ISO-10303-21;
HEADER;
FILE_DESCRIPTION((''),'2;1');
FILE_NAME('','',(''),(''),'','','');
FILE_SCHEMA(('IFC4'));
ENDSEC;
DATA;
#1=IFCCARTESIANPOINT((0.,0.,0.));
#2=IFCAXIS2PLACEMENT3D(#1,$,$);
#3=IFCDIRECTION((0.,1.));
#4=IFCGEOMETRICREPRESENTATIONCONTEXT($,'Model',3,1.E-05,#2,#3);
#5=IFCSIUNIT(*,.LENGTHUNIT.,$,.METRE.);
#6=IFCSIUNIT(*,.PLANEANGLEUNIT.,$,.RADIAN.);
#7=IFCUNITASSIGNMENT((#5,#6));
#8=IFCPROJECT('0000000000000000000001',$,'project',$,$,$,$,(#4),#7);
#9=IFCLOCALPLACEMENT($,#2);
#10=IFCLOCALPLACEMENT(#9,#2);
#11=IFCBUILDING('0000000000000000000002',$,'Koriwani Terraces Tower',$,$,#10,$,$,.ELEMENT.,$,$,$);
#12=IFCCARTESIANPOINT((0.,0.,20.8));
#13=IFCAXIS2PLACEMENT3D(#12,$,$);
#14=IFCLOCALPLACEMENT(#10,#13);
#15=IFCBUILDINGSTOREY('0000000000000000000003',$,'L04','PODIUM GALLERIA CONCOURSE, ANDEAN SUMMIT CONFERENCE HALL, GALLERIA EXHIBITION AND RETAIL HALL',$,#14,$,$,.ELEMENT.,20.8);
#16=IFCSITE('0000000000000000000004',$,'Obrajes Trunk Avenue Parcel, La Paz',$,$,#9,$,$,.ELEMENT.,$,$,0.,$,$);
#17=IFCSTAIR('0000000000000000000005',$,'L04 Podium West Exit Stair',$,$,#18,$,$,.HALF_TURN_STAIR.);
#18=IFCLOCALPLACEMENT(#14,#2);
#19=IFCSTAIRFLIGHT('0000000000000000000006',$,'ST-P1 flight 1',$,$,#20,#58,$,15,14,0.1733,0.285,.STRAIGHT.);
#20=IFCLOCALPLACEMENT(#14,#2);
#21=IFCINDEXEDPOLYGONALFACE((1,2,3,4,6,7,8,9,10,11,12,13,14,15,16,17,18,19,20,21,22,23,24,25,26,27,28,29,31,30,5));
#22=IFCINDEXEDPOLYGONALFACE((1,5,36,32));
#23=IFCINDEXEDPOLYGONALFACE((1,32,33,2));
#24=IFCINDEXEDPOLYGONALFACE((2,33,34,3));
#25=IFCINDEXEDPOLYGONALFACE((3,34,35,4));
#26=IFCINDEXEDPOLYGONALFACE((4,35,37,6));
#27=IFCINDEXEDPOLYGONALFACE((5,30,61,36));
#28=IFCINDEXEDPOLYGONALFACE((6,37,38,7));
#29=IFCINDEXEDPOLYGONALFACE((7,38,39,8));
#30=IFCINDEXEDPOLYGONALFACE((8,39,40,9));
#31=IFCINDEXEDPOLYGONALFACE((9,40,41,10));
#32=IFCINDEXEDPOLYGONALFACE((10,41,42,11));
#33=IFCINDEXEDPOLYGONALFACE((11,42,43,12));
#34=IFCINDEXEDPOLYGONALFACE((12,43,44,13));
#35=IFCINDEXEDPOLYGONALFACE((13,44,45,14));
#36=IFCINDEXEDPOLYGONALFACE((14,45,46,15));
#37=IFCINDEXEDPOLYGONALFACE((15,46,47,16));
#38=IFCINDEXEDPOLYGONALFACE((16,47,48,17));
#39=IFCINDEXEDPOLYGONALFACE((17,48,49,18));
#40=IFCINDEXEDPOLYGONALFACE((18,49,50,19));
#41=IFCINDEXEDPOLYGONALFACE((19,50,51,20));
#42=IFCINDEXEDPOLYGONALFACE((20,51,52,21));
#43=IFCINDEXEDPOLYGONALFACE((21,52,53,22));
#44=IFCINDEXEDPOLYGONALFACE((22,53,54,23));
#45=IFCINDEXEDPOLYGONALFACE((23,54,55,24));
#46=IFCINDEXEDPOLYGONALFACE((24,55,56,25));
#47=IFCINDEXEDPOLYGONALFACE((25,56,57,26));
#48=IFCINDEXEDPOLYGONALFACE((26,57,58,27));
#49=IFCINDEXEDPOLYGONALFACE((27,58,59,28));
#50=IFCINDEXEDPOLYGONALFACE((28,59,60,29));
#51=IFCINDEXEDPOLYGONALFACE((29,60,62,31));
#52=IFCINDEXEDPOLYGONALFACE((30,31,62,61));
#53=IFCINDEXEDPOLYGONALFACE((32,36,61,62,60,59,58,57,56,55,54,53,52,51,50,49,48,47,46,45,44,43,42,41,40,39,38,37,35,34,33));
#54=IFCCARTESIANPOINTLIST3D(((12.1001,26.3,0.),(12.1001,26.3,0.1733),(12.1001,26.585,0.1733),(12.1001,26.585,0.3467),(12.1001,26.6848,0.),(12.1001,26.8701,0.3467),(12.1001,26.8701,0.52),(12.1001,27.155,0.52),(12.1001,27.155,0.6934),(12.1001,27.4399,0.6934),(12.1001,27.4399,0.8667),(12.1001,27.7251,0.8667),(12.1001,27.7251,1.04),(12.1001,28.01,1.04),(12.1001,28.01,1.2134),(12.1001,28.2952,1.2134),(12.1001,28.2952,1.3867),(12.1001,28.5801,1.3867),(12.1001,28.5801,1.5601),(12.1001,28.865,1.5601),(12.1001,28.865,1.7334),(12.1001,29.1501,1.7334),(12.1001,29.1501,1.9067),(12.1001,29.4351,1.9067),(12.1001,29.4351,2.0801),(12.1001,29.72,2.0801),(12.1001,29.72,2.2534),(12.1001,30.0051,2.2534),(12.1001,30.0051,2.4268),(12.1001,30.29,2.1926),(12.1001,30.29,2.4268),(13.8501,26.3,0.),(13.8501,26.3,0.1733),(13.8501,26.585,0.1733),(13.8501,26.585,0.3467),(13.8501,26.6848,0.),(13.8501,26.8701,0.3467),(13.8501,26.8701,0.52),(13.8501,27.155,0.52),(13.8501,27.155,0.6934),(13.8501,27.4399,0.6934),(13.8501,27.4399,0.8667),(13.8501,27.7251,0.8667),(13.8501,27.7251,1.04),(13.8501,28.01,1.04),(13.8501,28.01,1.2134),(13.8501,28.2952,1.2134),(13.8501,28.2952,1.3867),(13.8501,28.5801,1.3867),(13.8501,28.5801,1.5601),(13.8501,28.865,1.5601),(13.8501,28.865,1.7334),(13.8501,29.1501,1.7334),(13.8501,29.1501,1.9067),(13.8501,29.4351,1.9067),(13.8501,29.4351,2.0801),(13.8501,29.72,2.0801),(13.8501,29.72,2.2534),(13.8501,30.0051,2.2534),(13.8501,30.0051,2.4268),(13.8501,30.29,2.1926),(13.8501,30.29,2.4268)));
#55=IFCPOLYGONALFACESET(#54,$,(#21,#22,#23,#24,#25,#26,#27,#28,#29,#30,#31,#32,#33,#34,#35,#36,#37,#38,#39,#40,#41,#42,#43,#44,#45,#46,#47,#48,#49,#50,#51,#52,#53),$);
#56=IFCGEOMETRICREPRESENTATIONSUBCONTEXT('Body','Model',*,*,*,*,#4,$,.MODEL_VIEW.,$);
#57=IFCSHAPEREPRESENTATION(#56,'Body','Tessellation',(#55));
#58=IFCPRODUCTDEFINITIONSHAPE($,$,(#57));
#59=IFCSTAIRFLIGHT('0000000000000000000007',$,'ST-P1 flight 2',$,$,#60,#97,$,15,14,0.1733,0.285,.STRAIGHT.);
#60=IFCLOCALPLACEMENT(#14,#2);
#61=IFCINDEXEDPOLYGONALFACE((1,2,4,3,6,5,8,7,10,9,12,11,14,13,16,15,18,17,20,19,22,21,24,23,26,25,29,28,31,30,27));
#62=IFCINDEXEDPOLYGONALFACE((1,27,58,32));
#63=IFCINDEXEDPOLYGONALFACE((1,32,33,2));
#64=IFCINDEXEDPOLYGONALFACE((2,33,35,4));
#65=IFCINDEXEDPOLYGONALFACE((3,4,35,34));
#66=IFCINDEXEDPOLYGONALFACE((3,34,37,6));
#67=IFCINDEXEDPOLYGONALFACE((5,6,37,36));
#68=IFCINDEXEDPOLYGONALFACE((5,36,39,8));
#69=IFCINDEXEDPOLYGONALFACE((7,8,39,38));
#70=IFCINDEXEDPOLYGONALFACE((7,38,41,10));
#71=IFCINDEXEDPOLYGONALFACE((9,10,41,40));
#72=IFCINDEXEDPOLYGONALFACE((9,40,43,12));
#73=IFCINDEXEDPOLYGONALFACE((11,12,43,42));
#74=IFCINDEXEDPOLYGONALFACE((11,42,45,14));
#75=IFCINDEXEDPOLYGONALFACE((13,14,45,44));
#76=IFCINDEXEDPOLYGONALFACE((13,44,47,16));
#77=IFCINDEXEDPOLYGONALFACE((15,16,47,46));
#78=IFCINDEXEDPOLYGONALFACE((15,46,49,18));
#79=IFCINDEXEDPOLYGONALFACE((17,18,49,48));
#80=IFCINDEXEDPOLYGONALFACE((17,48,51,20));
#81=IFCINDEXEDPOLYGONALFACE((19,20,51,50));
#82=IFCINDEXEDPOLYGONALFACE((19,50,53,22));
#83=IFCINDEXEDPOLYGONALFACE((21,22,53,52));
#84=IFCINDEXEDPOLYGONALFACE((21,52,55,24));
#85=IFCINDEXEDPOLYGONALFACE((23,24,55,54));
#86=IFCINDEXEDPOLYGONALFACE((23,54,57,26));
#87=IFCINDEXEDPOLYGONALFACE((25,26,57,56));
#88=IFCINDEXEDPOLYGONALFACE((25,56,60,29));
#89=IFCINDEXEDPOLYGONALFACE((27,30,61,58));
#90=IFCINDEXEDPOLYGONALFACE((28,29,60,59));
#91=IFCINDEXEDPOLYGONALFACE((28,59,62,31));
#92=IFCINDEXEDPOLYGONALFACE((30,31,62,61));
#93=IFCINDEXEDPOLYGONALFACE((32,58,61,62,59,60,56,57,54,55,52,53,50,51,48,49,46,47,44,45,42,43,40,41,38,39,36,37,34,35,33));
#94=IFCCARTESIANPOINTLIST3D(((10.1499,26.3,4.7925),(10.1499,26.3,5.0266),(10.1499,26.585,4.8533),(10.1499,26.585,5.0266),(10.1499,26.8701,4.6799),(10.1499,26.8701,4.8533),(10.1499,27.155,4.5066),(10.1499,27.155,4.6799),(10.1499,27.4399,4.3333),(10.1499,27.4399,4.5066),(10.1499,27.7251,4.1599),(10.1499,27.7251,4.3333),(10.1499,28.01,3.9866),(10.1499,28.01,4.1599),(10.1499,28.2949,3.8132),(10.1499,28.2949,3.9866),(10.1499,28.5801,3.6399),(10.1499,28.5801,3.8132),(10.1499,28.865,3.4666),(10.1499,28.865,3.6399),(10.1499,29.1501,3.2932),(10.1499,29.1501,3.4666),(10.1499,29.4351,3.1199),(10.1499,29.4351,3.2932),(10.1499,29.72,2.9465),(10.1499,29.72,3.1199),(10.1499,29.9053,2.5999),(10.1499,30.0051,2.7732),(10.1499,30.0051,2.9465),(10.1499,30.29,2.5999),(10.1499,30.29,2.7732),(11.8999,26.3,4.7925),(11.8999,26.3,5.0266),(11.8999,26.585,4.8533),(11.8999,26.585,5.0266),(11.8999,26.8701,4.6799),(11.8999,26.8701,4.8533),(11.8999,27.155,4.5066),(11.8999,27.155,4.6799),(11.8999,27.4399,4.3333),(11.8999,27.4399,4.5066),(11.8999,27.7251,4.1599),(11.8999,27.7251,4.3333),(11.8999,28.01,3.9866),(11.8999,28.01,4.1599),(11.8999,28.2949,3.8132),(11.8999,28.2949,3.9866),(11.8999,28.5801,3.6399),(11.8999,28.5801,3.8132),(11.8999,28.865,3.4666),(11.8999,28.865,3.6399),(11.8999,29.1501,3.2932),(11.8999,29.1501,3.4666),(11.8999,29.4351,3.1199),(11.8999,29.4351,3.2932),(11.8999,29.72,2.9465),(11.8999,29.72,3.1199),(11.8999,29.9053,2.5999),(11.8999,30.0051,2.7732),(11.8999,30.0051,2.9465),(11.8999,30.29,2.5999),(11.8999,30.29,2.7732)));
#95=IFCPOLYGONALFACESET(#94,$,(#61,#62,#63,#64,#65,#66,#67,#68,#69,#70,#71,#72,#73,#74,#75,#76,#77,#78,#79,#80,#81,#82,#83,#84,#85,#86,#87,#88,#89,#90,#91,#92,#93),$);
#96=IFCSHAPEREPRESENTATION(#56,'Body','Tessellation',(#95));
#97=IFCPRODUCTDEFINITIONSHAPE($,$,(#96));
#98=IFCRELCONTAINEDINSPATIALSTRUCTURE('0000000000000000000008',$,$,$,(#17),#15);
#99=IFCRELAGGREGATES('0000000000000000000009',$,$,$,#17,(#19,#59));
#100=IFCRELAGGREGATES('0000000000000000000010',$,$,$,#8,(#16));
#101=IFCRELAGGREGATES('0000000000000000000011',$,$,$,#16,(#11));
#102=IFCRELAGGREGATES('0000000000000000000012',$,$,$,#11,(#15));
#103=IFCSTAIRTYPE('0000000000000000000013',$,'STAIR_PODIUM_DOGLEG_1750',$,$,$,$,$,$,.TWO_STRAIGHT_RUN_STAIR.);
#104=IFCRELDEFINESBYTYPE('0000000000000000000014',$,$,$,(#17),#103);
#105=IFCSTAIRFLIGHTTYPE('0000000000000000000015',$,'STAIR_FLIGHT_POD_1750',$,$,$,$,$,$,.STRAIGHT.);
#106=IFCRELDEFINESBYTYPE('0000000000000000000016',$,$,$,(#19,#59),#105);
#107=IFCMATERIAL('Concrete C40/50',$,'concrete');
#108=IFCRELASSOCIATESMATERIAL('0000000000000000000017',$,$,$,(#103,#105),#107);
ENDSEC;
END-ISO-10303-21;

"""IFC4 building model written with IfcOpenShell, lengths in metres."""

from ifc_helpers import new_model, si_unit, direction, frame, origin, place, context, subcontext, project, spatial, polyline, outline, extrude, material, type_object, element, aggregate, save


model = new_model("IFC4")

# Units and contexts
model_context = context("Model", 3, precision=1e-05, world=origin(), true_north=direction((0.0, 1.0)))
body_context = subcontext(model_context, "Body", "Model", "MODEL_VIEW")
ifc_project = project(units=[si_unit("LENGTHUNIT", "METRE"), si_unit("PLANEANGLEUNIT", "RADIAN")], contexts=[model_context])

# Site, building, storey
site_placement = place(None, origin())
site = spatial("IfcSite", under=ifc_project, at=site_placement, Name="Obrajes Trunk Avenue Parcel, La Paz", CompositionType="ELEMENT", RefElevation=0.0)
building_placement = place(site_placement, origin())
building = spatial("IfcBuilding", under=site, at=building_placement, Name="Koriwani Terraces Tower", CompositionType="ELEMENT")
storey_placement = place(building_placement, frame((0.0, 0.0, 20.8)))
storey = spatial("IfcBuildingStorey", under=building, at=storey_placement, Name="L04", Description="PODIUM GALLERIA CONCOURSE, ANDEAN SUMMIT CONFERENCE HALL, GALLERIA EXHIBITION AND RETAIL HALL", CompositionType="ELEMENT", Elevation=20.8)

# Shared definitions
ifc_material_1 = material(Name="Concrete C40/50", Category="concrete")

# Stair, stair flights
stair_type = type_object("IfcStairType", Name="STAIR_PODIUM_DOGLEG_1750", PredefinedType="TWO_STRAIGHT_RUN_STAIR", material=ifc_material_1)
stair_placement = place(storey_placement, origin())
stair = element("IfcStair", 1, at=stair_placement, inside=storey, type_object=stair_type, Name="L04 Podium West Exit Stair", PredefinedType="HALF_TURN_STAIR")
stair_flight_type = type_object("IfcStairFlightType", Name="STAIR_FLIGHT_POD_1750", PredefinedType="STRAIGHT", material=ifc_material_1)
stair_flight_1_placement = place(storey_placement, frame((12.9751, 26.3, 0.0), z_axis=(0.0, 0.0, 1.0), x_axis=(0.0, 1.0, 0.0)))
stair_flight_1 = element("IfcStairFlight", 2, at=stair_flight_1_placement, type_object=stair_flight_type, Name="ST-P1 flight 1", NumberOfRisers=15, NumberOfTreads=14, PredefinedType="STRAIGHT", RiserHeight=0.1733, TreadLength=0.285, context=body_context, shape_type="SweptSolid", body=[
    extrude(outline(polyline([(0.0, 0.0), (0.0, 0.1733), (0.2849, 0.1733), (0.2849, 0.3467), (0.5701, 0.3467), (0.5701, 0.52), (0.855, 0.52), (0.855, 0.6934), (1.1399, 0.6934), (1.1399, 0.8667), (1.425, 0.8667), (1.425, 1.04), (1.71, 1.04), (1.71, 1.2134), (1.9951, 1.2134), (1.9951, 1.3867), (2.28, 1.3867), (2.28, 1.5601), (2.5649, 1.5601), (2.5649, 1.7334), (2.8501, 1.7334), (2.8501, 1.9067), (3.135, 1.9067), (3.135, 2.0801), (3.4199, 2.0801), (3.4199, 2.2534), (3.7051, 2.2534), (3.7051, 2.4268), (3.99, 2.4268), (3.99, 2.6001), (3.99, 2.1926), (0.3848, 0.0), (0.0, 0.0)])), frame((0.0, 0.875, 0.0), z_axis=(0.0, -1.0, 0.0), x_axis=(1.0, 0.0, 0.0)), (0.0, 0.0, 1.0), 1.75),
])
stair_flight_2_placement = place(storey_placement, frame((11.0249, 30.29, 2.5999), z_axis=(0.0, 0.0, 1.0), x_axis=(0.0, -1.0, 0.0)))
stair_flight_2 = element("IfcStairFlight", 3, at=stair_flight_2_placement, type_object=stair_flight_type, Name="ST-P1 flight 2", NumberOfRisers=15, NumberOfTreads=14, PredefinedType="STRAIGHT", RiserHeight=0.1733, TreadLength=0.285, context=body_context, shape_type="SweptSolid", body=[
    extrude(outline(polyline([(0.0, 0.0), (0.0, 0.1733), (0.2849, 0.1733), (0.2849, 0.3467), (0.5701, 0.3467), (0.5701, 0.52), (0.855, 0.52), (0.855, 0.6934), (1.1399, 0.6934), (1.1399, 0.8667), (1.425, 0.8667), (1.425, 1.04), (1.71, 1.04), (1.71, 1.2134), (1.9951, 1.2134), (1.9951, 1.3867), (2.28, 1.3867), (2.28, 1.5601), (2.5649, 1.5601), (2.5649, 1.7334), (2.8501, 1.7334), (2.8501, 1.9067), (3.135, 1.9067), (3.135, 2.0801), (3.4199, 2.0801), (3.4199, 2.2534), (3.7051, 2.2534), (3.7051, 2.4268), (3.99, 2.4268), (3.99, 2.6001), (3.99, 2.1926), (0.3848, 0.0), (0.0, 0.0)])), frame((0.0, 0.875, 0.0), z_axis=(0.0, -1.0, 0.0), x_axis=(1.0, 0.0, 0.0)), (0.0, 0.0, 1.0), 1.75),
])
aggregate(stair, [stair_flight_1, stair_flight_2])

save(model, "model.ifc")
